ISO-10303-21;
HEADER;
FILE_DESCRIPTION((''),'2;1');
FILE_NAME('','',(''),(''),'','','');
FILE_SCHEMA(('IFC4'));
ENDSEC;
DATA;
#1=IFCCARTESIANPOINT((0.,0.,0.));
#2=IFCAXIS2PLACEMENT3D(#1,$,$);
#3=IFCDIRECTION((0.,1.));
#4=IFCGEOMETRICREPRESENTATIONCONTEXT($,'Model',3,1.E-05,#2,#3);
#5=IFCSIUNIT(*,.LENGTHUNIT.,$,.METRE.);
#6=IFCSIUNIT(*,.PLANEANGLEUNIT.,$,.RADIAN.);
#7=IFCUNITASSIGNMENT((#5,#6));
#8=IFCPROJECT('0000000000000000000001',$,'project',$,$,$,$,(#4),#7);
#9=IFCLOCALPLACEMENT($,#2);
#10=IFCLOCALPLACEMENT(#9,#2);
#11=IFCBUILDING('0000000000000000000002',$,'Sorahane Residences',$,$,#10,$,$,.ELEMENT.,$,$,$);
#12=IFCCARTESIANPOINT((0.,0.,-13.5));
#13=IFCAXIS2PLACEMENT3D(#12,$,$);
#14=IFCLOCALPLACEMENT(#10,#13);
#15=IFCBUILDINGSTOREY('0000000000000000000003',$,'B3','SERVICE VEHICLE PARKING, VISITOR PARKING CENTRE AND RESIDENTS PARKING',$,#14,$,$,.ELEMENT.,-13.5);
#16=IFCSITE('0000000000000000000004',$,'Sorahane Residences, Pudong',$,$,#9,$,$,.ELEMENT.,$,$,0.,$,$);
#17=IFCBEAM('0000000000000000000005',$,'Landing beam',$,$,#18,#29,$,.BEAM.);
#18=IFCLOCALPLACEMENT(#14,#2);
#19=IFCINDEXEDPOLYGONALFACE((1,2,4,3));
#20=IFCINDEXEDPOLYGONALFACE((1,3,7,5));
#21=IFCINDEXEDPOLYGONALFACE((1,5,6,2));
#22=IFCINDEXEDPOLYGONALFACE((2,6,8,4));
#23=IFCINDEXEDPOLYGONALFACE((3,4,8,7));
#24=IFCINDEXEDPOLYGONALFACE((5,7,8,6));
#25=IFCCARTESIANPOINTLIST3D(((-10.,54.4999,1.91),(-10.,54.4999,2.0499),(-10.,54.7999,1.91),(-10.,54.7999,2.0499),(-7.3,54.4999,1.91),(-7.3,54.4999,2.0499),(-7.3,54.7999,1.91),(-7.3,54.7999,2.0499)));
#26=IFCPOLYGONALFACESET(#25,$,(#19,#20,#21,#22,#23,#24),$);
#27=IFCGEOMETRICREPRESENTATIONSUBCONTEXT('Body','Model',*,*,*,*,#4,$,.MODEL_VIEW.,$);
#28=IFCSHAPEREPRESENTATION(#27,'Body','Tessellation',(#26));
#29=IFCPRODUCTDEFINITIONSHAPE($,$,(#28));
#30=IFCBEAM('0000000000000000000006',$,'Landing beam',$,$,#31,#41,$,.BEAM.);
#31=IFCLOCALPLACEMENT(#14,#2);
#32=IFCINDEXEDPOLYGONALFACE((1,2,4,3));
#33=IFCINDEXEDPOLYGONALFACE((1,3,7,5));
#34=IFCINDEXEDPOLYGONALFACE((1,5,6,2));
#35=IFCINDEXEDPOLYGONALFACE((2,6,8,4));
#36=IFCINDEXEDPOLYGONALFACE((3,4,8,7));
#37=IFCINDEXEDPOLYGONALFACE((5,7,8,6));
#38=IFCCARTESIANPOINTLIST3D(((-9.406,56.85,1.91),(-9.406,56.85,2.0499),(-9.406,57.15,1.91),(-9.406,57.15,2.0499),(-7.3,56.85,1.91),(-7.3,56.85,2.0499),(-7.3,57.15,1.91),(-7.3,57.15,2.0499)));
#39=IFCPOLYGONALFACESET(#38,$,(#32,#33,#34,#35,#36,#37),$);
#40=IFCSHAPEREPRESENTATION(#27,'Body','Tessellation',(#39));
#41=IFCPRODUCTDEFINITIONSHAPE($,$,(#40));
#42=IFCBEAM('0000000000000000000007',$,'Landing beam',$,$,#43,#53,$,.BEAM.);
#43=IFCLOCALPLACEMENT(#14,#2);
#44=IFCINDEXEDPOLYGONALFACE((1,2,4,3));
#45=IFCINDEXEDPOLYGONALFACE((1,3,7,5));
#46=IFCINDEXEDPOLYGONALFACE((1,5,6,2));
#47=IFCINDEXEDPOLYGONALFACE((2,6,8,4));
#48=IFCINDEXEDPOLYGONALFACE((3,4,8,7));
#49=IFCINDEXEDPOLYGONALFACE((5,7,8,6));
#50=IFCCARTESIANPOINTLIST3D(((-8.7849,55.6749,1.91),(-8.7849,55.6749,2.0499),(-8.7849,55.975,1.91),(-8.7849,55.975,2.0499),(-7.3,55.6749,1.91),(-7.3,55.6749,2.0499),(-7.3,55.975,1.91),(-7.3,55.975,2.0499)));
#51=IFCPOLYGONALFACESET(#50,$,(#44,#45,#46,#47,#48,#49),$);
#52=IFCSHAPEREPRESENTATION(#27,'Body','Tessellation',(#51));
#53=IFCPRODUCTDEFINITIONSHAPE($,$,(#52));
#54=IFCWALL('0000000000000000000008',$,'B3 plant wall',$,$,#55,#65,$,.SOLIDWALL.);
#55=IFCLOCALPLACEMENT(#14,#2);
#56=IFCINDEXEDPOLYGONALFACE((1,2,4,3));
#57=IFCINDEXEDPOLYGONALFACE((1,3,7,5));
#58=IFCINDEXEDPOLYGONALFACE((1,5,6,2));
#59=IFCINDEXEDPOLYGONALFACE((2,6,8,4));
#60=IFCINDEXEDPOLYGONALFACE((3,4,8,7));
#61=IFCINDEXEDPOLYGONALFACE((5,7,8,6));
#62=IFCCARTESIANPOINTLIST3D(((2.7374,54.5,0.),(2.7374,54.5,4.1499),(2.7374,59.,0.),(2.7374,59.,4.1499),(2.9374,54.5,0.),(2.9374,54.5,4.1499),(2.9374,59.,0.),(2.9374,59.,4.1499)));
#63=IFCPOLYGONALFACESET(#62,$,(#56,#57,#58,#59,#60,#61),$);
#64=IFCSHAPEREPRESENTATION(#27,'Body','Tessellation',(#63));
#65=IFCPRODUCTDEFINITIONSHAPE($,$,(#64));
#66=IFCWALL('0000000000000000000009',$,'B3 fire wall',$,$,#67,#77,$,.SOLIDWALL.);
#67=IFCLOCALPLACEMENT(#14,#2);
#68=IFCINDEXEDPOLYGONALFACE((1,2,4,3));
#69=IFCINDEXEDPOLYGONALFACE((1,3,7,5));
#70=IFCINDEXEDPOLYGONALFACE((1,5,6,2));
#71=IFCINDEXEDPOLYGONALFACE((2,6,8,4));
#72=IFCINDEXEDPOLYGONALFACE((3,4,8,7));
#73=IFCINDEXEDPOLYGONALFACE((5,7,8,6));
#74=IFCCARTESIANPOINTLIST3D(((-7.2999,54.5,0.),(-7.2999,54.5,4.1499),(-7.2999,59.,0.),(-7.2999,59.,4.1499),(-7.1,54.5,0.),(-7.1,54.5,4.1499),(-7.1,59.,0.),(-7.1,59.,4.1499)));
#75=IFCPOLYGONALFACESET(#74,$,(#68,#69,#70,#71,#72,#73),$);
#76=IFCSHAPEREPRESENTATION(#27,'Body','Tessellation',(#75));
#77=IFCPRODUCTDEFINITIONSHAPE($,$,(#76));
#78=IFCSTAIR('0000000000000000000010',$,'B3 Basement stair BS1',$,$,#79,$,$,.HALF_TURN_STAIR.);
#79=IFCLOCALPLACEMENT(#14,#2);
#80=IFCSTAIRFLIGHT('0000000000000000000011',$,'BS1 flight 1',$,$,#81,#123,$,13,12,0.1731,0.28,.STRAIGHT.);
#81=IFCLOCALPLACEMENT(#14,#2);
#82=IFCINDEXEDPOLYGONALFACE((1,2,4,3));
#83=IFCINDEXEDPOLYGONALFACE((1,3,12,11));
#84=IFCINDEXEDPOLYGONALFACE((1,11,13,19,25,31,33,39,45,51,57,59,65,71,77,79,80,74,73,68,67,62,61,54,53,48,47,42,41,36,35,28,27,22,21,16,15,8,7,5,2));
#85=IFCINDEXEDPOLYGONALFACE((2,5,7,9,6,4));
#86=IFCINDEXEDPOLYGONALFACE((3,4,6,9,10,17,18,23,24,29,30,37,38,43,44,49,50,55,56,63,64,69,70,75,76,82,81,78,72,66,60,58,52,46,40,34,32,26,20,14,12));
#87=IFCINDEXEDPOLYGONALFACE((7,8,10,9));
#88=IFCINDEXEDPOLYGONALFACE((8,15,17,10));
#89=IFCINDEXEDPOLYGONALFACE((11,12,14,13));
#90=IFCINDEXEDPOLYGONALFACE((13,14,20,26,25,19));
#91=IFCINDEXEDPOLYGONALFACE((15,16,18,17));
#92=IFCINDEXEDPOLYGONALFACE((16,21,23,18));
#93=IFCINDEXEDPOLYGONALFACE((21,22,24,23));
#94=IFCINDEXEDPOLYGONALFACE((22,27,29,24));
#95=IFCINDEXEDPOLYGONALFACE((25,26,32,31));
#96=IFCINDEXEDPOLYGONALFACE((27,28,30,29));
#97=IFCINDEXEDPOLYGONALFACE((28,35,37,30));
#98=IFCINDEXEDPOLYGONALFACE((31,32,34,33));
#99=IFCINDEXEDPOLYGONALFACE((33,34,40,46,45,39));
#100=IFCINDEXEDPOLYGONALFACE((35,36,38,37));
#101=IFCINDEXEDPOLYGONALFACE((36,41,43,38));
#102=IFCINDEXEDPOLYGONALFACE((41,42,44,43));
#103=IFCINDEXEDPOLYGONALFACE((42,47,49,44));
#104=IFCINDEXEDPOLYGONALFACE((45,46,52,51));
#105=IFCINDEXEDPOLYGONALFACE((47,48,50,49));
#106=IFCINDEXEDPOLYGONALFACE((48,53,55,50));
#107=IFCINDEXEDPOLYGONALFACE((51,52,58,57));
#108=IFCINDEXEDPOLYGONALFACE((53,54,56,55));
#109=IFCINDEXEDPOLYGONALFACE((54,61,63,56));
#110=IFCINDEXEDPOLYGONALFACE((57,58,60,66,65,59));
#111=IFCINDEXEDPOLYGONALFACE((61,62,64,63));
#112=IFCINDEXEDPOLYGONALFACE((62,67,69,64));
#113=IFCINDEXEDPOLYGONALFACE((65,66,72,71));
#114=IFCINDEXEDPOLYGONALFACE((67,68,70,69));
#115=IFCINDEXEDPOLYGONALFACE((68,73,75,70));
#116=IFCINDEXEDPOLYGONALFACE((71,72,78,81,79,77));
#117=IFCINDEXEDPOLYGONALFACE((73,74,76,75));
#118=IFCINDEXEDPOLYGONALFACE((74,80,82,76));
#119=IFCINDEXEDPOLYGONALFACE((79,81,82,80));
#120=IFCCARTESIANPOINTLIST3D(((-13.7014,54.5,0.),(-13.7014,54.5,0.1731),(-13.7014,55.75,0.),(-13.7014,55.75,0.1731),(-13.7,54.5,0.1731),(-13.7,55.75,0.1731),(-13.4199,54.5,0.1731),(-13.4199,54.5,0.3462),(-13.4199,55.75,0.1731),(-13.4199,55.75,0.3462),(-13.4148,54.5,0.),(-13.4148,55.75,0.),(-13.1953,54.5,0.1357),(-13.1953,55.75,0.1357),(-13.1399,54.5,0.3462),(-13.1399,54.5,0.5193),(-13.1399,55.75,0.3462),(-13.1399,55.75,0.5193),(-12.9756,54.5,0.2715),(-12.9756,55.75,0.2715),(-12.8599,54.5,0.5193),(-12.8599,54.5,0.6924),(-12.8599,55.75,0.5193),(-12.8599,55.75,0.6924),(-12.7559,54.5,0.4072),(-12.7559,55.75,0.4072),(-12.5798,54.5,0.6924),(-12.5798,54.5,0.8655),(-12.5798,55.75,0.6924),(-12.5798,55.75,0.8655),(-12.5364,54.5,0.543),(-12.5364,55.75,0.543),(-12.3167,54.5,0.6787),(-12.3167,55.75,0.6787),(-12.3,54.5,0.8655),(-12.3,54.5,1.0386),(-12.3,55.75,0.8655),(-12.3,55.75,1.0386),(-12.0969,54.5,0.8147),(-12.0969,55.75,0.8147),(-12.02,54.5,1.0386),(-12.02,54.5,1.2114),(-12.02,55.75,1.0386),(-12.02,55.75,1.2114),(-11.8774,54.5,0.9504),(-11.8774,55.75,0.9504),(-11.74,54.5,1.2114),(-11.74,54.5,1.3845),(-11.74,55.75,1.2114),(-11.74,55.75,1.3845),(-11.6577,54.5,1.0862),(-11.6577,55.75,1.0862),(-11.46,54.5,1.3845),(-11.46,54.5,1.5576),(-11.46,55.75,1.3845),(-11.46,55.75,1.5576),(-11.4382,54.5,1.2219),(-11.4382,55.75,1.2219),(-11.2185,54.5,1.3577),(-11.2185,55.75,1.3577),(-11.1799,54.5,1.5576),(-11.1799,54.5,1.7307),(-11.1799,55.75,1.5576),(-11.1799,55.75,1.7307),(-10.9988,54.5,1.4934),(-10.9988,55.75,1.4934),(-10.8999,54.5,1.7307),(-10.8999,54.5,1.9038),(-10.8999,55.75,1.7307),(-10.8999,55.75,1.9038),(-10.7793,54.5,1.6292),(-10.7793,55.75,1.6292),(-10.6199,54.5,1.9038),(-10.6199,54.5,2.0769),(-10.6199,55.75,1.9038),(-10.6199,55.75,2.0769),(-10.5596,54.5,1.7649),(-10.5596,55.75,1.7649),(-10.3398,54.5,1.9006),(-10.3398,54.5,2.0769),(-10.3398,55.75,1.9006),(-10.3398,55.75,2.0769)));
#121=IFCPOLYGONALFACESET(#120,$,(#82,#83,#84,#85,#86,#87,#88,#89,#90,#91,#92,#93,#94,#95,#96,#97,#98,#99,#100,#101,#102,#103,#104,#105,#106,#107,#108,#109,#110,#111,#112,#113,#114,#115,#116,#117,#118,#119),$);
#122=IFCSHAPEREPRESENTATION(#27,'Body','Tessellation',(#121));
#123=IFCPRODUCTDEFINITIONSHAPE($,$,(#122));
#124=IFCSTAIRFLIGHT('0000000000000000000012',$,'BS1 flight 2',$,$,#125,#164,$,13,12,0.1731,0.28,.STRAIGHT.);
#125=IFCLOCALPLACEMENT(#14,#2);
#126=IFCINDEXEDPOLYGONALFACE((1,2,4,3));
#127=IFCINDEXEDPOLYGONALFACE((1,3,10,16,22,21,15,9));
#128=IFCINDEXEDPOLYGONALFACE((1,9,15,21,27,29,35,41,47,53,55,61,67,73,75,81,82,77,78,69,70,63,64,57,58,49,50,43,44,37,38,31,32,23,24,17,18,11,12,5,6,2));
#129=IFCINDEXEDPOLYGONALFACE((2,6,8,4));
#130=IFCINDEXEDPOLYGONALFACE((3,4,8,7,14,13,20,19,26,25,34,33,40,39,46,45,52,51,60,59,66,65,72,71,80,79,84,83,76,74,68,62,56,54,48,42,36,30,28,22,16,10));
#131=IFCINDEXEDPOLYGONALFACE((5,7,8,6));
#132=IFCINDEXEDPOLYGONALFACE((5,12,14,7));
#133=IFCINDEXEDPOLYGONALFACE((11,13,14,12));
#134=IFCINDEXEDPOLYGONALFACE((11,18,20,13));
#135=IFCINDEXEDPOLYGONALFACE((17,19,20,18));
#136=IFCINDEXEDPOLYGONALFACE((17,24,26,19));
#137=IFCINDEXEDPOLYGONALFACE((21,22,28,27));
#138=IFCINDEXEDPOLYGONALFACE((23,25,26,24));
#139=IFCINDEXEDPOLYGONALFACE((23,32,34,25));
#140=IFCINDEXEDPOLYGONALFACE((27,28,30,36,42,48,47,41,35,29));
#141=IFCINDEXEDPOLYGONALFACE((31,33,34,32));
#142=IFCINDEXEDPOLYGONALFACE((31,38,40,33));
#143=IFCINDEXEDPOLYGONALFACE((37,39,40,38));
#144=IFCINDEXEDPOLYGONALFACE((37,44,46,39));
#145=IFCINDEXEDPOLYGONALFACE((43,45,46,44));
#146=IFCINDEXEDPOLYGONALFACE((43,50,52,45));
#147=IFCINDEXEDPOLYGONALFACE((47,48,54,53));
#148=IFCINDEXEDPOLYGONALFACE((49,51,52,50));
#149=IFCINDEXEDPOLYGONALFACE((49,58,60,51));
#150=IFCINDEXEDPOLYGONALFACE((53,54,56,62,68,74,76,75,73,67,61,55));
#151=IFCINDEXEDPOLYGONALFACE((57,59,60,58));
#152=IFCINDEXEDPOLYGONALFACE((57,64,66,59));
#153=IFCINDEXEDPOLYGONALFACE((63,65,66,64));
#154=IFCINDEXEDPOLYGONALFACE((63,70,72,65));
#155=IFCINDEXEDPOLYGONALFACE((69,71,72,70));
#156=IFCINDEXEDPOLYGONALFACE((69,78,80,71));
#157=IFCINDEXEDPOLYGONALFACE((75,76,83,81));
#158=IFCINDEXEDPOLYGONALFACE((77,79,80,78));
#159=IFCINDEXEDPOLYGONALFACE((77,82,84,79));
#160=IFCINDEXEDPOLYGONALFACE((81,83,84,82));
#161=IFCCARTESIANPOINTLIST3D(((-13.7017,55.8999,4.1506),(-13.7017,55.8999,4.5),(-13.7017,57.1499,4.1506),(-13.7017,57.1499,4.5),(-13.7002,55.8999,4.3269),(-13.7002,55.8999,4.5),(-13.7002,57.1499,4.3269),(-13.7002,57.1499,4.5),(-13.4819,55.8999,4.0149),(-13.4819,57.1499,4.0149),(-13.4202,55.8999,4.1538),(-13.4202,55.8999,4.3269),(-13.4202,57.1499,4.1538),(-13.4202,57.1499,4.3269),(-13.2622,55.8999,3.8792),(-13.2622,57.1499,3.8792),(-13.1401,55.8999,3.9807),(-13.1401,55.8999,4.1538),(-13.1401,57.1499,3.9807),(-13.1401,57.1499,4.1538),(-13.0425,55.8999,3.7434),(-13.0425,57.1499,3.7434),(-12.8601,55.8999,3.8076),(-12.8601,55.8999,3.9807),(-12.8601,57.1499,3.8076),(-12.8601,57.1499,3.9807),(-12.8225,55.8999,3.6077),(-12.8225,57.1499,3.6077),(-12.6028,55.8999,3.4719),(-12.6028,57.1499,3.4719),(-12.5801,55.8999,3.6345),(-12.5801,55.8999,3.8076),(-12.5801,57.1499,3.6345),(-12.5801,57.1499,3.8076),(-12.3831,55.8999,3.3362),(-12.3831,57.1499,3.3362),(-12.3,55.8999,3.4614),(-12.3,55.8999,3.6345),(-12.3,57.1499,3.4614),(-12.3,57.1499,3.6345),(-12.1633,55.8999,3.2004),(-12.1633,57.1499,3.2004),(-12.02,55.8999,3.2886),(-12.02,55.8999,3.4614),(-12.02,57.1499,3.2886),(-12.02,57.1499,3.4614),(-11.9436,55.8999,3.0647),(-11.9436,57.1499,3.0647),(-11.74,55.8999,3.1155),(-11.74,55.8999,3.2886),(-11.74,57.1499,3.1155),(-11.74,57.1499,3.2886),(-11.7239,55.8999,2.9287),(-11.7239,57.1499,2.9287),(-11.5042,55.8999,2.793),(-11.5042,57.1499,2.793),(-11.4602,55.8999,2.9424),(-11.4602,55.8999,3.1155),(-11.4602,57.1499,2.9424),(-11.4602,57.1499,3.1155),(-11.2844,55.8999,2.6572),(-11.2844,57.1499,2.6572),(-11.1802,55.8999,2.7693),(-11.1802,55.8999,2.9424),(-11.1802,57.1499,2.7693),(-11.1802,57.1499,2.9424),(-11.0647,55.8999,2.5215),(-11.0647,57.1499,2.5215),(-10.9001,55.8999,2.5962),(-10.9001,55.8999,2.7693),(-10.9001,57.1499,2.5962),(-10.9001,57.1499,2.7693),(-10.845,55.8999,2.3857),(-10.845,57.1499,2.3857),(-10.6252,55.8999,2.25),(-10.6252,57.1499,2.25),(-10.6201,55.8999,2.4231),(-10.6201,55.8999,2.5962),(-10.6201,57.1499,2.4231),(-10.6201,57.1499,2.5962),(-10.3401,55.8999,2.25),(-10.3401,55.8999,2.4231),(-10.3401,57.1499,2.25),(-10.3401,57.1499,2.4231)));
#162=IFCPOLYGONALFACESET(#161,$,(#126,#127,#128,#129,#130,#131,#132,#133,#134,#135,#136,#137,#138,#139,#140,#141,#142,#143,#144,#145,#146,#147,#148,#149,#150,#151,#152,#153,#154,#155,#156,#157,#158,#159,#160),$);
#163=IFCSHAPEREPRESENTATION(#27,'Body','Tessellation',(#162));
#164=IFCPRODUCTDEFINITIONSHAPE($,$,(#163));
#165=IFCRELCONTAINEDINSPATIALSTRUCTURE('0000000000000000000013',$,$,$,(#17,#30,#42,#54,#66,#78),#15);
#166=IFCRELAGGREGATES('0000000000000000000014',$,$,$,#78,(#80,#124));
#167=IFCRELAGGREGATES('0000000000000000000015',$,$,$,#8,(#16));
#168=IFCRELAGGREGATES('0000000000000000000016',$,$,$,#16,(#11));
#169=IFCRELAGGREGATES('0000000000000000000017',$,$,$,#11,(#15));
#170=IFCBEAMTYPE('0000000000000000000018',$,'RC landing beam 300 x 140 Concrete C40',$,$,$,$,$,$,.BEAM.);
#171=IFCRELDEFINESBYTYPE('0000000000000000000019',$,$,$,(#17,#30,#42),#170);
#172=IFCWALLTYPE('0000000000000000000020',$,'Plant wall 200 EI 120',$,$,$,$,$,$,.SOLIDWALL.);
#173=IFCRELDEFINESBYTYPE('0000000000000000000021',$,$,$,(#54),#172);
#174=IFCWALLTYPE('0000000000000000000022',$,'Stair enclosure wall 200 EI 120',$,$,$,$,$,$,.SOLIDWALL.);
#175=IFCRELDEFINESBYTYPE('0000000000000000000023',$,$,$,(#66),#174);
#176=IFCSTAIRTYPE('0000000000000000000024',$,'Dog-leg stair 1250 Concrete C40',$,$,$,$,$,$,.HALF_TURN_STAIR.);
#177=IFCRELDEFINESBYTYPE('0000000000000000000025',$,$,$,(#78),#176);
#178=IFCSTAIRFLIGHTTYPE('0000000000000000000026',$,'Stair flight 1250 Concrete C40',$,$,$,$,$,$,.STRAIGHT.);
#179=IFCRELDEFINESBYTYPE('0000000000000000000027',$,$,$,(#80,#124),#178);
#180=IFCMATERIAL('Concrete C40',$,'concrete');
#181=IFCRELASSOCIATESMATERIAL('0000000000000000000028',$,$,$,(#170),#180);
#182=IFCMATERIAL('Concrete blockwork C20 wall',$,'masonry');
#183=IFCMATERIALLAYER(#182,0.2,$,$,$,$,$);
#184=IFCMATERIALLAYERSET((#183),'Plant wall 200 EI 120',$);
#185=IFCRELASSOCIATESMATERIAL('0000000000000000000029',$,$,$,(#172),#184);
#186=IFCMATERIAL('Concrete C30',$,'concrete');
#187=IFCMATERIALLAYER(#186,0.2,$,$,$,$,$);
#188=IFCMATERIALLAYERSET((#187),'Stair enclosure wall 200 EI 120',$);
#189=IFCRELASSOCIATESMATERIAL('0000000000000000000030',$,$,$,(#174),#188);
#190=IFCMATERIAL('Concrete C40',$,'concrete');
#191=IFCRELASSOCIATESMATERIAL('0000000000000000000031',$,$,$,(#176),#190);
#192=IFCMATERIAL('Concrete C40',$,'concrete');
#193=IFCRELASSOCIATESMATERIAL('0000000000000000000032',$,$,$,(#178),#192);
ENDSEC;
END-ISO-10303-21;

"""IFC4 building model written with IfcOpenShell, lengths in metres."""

from ifc_helpers import new_model, si_unit, direction, frame, frame_2d, origin, origin_2d, place, context, subcontext, project, spatial, polyline, rectangle, outline, extrude, material, layer, layer_set, material_profile, profile_set, type_object, element, aggregate, save


model = new_model("IFC4")

# Units and contexts
model_context = context("Model", 3, precision=1e-05, world=origin(), true_north=direction((0.0, 1.0)))
body_context = subcontext(model_context, "Body", "Model", "MODEL_VIEW")
ifc_project = project(units=[si_unit("LENGTHUNIT", "METRE"), si_unit("PLANEANGLEUNIT", "RADIAN")], contexts=[model_context])

# Site, building, storey
site_placement = place(None, origin())
site = spatial("IfcSite", under=ifc_project, at=site_placement, Name="Sorahane Residences, Pudong", CompositionType="ELEMENT", RefElevation=0.0)
building_placement = place(site_placement, origin())
building = spatial("IfcBuilding", under=site, at=building_placement, Name="Sorahane Residences", CompositionType="ELEMENT")
storey_placement = place(building_placement, frame((0.0, 0.0, -13.5)))
storey = spatial("IfcBuildingStorey", under=building, at=storey_placement, Name="B3", Description="SERVICE VEHICLE PARKING, VISITOR PARKING CENTRE AND RESIDENTS PARKING", CompositionType="ELEMENT", Elevation=-13.5)

# Beams
ifc_material_1 = material(Name="Concrete C40", Category="concrete")
ifc_material_profile = material_profile(ifc_material_1, rectangle(XDim=0.3, YDim=0.1399, at=origin_2d()), Name="300x140")
ifc_profile_set = profile_set([ifc_material_profile], Name="Concrete C40")
beam_type = type_object("IfcBeamType", Name="RC landing beam 300 x 140 Concrete C40", PredefinedType="BEAM", material=ifc_profile_set)
beam_1_placement = place(storey_placement, frame((-7.3, 54.6499, 1.98), z_axis=(-1.0, 0.0, 0.0), x_axis=(0.0, -1.0, 0.0)))
element("IfcBeam", 1, at=beam_1_placement, inside=storey, type_object=beam_type, Name="Landing beam", PredefinedType="BEAM", context=body_context, shape_type="SweptSolid", body=[
    extrude(rectangle(XDim=0.3, YDim=0.1399, at=origin_2d()), origin(), (0.0, 0.0, 1.0), 2.7),
])
beam_2_placement = place(storey_placement, frame((-7.3, 57.0, 1.98), z_axis=(-1.0, 0.0, 0.0), x_axis=(0.0, -1.0, 0.0)))
element("IfcBeam", 2, at=beam_2_placement, inside=storey, type_object=beam_type, Name="Landing beam", PredefinedType="BEAM", context=body_context, shape_type="SweptSolid", body=[
    extrude(rectangle(XDim=0.3, YDim=0.1399, at=origin_2d()), origin(), (0.0, 0.0, 1.0), 2.106),
])
beam_3_placement = place(storey_placement, frame((-7.3, 55.825, 1.98), z_axis=(-1.0, 0.0, 0.0), x_axis=(0.0, -1.0, 0.0)))
element("IfcBeam", 3, at=beam_3_placement, inside=storey, type_object=beam_type, Name="Landing beam", PredefinedType="BEAM", context=body_context, shape_type="SweptSolid", body=[
    extrude(rectangle(XDim=0.3, YDim=0.1399, at=origin_2d()), origin(), (0.0, 0.0, 1.0), 1.4849),
])

# Walls
ifc_material_2 = material(Name="Concrete blockwork C20 wall", Category="masonry")
ifc_layer_1 = layer(ifc_material_2, 0.2)
ifc_layer_set_1 = layer_set([ifc_layer_1], Name="Plant wall 200 EI 120")
wall_type_1 = type_object("IfcWallType", Name="Plant wall 200 EI 120", PredefinedType="SOLIDWALL", material=ifc_layer_set_1)
wall_1_placement = place(storey_placement, frame((2.8374, 54.5, 0.0), z_axis=(0.0, 0.0, 1.0), x_axis=(0.0, 1.0, 0.0)))
element("IfcWall", 4, at=wall_1_placement, inside=storey, type_object=wall_type_1, Name="B3 plant wall", PredefinedType="SOLIDWALL", context=body_context, shape_type="SweptSolid", body=[
    extrude(rectangle(XDim=4.5, YDim=0.2, at=frame_2d((2.25, 0.0))), origin(), (0.0, 0.0, 1.0), 4.1499),
])
ifc_material_3 = material(Name="Concrete C30", Category="concrete")
ifc_layer_2 = layer(ifc_material_3, 0.2)
ifc_layer_set_2 = layer_set([ifc_layer_2], Name="Stair enclosure wall 200 EI 120")
wall_type_2 = type_object("IfcWallType", Name="Stair enclosure wall 200 EI 120", PredefinedType="SOLIDWALL", material=ifc_layer_set_2)
wall_2_placement = place(storey_placement, frame((-7.2, 54.5, 0.0), z_axis=(0.0, 0.0, 1.0), x_axis=(0.0, 1.0, 0.0)))
element("IfcWall", 5, at=wall_2_placement, inside=storey, type_object=wall_type_2, Name="B3 fire wall", PredefinedType="SOLIDWALL", context=body_context, shape_type="SweptSolid", body=[
    extrude(rectangle(XDim=4.5, YDim=0.2, at=frame_2d((2.25, 0.0))), origin(), (0.0, 0.0, 1.0), 4.1499),
])

# Stair, stair flights
ifc_material_4 = material(Name="Concrete C40", Category="concrete")
stair_type = type_object("IfcStairType", Name="Dog-leg stair 1250 Concrete C40", PredefinedType="HALF_TURN_STAIR", material=ifc_material_4)
stair_placement = place(storey_placement, origin())
stair = element("IfcStair", 6, at=stair_placement, inside=storey, type_object=stair_type, Name="B3 Basement stair BS1", PredefinedType="HALF_TURN_STAIR")
ifc_material_5 = material(Name="Concrete C40", Category="concrete")
stair_flight_type = type_object("IfcStairFlightType", Name="Stair flight 1250 Concrete C40", PredefinedType="STRAIGHT", material=ifc_material_5)
stair_flight_1_placement = place(storey_placement, frame((-13.7, 55.125, 0.0), z_axis=(0.0, 0.0, 1.0), x_axis=(1.0, 0.0, 0.0)))
stair_flight_1 = element("IfcStairFlight", 7, at=stair_flight_1_placement, type_object=stair_flight_type, Name="BS1 flight 1", NumberOfRisers=13, NumberOfTreads=12, PredefinedType="STRAIGHT", RiserHeight=0.1731, TreadLength=0.28, context=body_context, shape_type="SweptSolid", body=[
    extrude(outline(polyline([(-0.0015, 0.0), (-0.0015, 0.1731), (0.0, 0.1731), (0.28, 0.1731), (0.28, 0.3462), (0.5601, 0.3462), (0.5601, 0.5193), (0.8401, 0.5193), (0.8401, 0.6924), (1.1201, 0.6924), (1.1201, 0.8655), (1.3999, 0.8655), (1.3999, 1.0386), (1.6799, 1.0386), (1.6799, 1.2114), (1.96, 1.2114), (1.96, 1.3845), (2.24, 1.3845), (2.24, 1.5576), (2.52, 1.5576), (2.52, 1.7307), (2.8, 1.7307), (2.8, 1.9038), (3.0801, 1.9038), (3.0801, 2.0769), (3.3601, 2.0769), (3.3601, 2.25), (3.3601, 1.9006), (3.1404, 1.7649), (2.9207, 1.6292), (2.7012, 1.4934), (2.4814, 1.3577), (2.2617, 1.2219), (2.0422, 1.0862), (1.8225, 0.9504), (1.603, 0.8147), (1.3833, 0.6787), (1.1636, 0.543), (0.9441, 0.4072), (0.7244, 0.2715), (0.5046, 0.1357), (0.2852, 0.0), (-0.0015, 0.0)])), frame((0.0, 0.625, 0.0), z_axis=(0.0, -1.0, 0.0), x_axis=(1.0, 0.0, 0.0)), (0.0, 0.0, 1.0), 1.25),
])
stair_flight_2_placement = place(storey_placement, frame((-10.3401, 56.5249, 2.25), z_axis=(0.0, 0.0, 1.0), x_axis=(-1.0, 0.0, 0.0)))
stair_flight_2 = element("IfcStairFlight", 8, at=stair_flight_2_placement, type_object=stair_flight_type, Name="BS1 flight 2", NumberOfRisers=13, NumberOfTreads=12, PredefinedType="STRAIGHT", RiserHeight=0.1731, TreadLength=0.28, context=body_context, shape_type="SweptSolid", body=[
    extrude(outline(polyline([(0.0, 0.0), (0.0, 0.1731), (0.28, 0.1731), (0.28, 0.3462), (0.5601, 0.3462), (0.5601, 0.5193), (0.8401, 0.5193), (0.8401, 0.6924), (1.1201, 0.6924), (1.1201, 0.8655), (1.3999, 0.8655), (1.3999, 1.0386), (1.6799, 1.0386), (1.6799, 1.2114), (1.96, 1.2114), (1.96, 1.3845), (2.24, 1.3845), (2.24, 1.5576), (2.52, 1.5576), (2.52, 1.7307), (2.8, 1.7307), (2.8, 1.9038), (3.0801, 1.9038), (3.0801, 2.0769), (3.3601, 2.0769), (3.3601, 2.25), (3.3616, 2.25), (3.3616, 1.9006), (3.1418, 1.7649), (2.9221, 1.6292), (2.7024, 1.4934), (2.4824, 1.3577), (2.2627, 1.2219), (2.043, 1.0862), (1.8232, 0.9504), (1.6035, 0.8147), (1.3838, 0.6787), (1.1641, 0.543), (0.9443, 0.4072), (0.7246, 0.2715), (0.5049, 0.1357), (0.2852, 0.0), (0.0, 0.0)])), frame((0.0, 0.625, 0.0), z_axis=(0.0, -1.0, 0.0), x_axis=(1.0, 0.0, 0.0)), (0.0, 0.0, 1.0), 1.25),
])
aggregate(stair, [stair_flight_1, stair_flight_2])

save(model, "model.ifc")
